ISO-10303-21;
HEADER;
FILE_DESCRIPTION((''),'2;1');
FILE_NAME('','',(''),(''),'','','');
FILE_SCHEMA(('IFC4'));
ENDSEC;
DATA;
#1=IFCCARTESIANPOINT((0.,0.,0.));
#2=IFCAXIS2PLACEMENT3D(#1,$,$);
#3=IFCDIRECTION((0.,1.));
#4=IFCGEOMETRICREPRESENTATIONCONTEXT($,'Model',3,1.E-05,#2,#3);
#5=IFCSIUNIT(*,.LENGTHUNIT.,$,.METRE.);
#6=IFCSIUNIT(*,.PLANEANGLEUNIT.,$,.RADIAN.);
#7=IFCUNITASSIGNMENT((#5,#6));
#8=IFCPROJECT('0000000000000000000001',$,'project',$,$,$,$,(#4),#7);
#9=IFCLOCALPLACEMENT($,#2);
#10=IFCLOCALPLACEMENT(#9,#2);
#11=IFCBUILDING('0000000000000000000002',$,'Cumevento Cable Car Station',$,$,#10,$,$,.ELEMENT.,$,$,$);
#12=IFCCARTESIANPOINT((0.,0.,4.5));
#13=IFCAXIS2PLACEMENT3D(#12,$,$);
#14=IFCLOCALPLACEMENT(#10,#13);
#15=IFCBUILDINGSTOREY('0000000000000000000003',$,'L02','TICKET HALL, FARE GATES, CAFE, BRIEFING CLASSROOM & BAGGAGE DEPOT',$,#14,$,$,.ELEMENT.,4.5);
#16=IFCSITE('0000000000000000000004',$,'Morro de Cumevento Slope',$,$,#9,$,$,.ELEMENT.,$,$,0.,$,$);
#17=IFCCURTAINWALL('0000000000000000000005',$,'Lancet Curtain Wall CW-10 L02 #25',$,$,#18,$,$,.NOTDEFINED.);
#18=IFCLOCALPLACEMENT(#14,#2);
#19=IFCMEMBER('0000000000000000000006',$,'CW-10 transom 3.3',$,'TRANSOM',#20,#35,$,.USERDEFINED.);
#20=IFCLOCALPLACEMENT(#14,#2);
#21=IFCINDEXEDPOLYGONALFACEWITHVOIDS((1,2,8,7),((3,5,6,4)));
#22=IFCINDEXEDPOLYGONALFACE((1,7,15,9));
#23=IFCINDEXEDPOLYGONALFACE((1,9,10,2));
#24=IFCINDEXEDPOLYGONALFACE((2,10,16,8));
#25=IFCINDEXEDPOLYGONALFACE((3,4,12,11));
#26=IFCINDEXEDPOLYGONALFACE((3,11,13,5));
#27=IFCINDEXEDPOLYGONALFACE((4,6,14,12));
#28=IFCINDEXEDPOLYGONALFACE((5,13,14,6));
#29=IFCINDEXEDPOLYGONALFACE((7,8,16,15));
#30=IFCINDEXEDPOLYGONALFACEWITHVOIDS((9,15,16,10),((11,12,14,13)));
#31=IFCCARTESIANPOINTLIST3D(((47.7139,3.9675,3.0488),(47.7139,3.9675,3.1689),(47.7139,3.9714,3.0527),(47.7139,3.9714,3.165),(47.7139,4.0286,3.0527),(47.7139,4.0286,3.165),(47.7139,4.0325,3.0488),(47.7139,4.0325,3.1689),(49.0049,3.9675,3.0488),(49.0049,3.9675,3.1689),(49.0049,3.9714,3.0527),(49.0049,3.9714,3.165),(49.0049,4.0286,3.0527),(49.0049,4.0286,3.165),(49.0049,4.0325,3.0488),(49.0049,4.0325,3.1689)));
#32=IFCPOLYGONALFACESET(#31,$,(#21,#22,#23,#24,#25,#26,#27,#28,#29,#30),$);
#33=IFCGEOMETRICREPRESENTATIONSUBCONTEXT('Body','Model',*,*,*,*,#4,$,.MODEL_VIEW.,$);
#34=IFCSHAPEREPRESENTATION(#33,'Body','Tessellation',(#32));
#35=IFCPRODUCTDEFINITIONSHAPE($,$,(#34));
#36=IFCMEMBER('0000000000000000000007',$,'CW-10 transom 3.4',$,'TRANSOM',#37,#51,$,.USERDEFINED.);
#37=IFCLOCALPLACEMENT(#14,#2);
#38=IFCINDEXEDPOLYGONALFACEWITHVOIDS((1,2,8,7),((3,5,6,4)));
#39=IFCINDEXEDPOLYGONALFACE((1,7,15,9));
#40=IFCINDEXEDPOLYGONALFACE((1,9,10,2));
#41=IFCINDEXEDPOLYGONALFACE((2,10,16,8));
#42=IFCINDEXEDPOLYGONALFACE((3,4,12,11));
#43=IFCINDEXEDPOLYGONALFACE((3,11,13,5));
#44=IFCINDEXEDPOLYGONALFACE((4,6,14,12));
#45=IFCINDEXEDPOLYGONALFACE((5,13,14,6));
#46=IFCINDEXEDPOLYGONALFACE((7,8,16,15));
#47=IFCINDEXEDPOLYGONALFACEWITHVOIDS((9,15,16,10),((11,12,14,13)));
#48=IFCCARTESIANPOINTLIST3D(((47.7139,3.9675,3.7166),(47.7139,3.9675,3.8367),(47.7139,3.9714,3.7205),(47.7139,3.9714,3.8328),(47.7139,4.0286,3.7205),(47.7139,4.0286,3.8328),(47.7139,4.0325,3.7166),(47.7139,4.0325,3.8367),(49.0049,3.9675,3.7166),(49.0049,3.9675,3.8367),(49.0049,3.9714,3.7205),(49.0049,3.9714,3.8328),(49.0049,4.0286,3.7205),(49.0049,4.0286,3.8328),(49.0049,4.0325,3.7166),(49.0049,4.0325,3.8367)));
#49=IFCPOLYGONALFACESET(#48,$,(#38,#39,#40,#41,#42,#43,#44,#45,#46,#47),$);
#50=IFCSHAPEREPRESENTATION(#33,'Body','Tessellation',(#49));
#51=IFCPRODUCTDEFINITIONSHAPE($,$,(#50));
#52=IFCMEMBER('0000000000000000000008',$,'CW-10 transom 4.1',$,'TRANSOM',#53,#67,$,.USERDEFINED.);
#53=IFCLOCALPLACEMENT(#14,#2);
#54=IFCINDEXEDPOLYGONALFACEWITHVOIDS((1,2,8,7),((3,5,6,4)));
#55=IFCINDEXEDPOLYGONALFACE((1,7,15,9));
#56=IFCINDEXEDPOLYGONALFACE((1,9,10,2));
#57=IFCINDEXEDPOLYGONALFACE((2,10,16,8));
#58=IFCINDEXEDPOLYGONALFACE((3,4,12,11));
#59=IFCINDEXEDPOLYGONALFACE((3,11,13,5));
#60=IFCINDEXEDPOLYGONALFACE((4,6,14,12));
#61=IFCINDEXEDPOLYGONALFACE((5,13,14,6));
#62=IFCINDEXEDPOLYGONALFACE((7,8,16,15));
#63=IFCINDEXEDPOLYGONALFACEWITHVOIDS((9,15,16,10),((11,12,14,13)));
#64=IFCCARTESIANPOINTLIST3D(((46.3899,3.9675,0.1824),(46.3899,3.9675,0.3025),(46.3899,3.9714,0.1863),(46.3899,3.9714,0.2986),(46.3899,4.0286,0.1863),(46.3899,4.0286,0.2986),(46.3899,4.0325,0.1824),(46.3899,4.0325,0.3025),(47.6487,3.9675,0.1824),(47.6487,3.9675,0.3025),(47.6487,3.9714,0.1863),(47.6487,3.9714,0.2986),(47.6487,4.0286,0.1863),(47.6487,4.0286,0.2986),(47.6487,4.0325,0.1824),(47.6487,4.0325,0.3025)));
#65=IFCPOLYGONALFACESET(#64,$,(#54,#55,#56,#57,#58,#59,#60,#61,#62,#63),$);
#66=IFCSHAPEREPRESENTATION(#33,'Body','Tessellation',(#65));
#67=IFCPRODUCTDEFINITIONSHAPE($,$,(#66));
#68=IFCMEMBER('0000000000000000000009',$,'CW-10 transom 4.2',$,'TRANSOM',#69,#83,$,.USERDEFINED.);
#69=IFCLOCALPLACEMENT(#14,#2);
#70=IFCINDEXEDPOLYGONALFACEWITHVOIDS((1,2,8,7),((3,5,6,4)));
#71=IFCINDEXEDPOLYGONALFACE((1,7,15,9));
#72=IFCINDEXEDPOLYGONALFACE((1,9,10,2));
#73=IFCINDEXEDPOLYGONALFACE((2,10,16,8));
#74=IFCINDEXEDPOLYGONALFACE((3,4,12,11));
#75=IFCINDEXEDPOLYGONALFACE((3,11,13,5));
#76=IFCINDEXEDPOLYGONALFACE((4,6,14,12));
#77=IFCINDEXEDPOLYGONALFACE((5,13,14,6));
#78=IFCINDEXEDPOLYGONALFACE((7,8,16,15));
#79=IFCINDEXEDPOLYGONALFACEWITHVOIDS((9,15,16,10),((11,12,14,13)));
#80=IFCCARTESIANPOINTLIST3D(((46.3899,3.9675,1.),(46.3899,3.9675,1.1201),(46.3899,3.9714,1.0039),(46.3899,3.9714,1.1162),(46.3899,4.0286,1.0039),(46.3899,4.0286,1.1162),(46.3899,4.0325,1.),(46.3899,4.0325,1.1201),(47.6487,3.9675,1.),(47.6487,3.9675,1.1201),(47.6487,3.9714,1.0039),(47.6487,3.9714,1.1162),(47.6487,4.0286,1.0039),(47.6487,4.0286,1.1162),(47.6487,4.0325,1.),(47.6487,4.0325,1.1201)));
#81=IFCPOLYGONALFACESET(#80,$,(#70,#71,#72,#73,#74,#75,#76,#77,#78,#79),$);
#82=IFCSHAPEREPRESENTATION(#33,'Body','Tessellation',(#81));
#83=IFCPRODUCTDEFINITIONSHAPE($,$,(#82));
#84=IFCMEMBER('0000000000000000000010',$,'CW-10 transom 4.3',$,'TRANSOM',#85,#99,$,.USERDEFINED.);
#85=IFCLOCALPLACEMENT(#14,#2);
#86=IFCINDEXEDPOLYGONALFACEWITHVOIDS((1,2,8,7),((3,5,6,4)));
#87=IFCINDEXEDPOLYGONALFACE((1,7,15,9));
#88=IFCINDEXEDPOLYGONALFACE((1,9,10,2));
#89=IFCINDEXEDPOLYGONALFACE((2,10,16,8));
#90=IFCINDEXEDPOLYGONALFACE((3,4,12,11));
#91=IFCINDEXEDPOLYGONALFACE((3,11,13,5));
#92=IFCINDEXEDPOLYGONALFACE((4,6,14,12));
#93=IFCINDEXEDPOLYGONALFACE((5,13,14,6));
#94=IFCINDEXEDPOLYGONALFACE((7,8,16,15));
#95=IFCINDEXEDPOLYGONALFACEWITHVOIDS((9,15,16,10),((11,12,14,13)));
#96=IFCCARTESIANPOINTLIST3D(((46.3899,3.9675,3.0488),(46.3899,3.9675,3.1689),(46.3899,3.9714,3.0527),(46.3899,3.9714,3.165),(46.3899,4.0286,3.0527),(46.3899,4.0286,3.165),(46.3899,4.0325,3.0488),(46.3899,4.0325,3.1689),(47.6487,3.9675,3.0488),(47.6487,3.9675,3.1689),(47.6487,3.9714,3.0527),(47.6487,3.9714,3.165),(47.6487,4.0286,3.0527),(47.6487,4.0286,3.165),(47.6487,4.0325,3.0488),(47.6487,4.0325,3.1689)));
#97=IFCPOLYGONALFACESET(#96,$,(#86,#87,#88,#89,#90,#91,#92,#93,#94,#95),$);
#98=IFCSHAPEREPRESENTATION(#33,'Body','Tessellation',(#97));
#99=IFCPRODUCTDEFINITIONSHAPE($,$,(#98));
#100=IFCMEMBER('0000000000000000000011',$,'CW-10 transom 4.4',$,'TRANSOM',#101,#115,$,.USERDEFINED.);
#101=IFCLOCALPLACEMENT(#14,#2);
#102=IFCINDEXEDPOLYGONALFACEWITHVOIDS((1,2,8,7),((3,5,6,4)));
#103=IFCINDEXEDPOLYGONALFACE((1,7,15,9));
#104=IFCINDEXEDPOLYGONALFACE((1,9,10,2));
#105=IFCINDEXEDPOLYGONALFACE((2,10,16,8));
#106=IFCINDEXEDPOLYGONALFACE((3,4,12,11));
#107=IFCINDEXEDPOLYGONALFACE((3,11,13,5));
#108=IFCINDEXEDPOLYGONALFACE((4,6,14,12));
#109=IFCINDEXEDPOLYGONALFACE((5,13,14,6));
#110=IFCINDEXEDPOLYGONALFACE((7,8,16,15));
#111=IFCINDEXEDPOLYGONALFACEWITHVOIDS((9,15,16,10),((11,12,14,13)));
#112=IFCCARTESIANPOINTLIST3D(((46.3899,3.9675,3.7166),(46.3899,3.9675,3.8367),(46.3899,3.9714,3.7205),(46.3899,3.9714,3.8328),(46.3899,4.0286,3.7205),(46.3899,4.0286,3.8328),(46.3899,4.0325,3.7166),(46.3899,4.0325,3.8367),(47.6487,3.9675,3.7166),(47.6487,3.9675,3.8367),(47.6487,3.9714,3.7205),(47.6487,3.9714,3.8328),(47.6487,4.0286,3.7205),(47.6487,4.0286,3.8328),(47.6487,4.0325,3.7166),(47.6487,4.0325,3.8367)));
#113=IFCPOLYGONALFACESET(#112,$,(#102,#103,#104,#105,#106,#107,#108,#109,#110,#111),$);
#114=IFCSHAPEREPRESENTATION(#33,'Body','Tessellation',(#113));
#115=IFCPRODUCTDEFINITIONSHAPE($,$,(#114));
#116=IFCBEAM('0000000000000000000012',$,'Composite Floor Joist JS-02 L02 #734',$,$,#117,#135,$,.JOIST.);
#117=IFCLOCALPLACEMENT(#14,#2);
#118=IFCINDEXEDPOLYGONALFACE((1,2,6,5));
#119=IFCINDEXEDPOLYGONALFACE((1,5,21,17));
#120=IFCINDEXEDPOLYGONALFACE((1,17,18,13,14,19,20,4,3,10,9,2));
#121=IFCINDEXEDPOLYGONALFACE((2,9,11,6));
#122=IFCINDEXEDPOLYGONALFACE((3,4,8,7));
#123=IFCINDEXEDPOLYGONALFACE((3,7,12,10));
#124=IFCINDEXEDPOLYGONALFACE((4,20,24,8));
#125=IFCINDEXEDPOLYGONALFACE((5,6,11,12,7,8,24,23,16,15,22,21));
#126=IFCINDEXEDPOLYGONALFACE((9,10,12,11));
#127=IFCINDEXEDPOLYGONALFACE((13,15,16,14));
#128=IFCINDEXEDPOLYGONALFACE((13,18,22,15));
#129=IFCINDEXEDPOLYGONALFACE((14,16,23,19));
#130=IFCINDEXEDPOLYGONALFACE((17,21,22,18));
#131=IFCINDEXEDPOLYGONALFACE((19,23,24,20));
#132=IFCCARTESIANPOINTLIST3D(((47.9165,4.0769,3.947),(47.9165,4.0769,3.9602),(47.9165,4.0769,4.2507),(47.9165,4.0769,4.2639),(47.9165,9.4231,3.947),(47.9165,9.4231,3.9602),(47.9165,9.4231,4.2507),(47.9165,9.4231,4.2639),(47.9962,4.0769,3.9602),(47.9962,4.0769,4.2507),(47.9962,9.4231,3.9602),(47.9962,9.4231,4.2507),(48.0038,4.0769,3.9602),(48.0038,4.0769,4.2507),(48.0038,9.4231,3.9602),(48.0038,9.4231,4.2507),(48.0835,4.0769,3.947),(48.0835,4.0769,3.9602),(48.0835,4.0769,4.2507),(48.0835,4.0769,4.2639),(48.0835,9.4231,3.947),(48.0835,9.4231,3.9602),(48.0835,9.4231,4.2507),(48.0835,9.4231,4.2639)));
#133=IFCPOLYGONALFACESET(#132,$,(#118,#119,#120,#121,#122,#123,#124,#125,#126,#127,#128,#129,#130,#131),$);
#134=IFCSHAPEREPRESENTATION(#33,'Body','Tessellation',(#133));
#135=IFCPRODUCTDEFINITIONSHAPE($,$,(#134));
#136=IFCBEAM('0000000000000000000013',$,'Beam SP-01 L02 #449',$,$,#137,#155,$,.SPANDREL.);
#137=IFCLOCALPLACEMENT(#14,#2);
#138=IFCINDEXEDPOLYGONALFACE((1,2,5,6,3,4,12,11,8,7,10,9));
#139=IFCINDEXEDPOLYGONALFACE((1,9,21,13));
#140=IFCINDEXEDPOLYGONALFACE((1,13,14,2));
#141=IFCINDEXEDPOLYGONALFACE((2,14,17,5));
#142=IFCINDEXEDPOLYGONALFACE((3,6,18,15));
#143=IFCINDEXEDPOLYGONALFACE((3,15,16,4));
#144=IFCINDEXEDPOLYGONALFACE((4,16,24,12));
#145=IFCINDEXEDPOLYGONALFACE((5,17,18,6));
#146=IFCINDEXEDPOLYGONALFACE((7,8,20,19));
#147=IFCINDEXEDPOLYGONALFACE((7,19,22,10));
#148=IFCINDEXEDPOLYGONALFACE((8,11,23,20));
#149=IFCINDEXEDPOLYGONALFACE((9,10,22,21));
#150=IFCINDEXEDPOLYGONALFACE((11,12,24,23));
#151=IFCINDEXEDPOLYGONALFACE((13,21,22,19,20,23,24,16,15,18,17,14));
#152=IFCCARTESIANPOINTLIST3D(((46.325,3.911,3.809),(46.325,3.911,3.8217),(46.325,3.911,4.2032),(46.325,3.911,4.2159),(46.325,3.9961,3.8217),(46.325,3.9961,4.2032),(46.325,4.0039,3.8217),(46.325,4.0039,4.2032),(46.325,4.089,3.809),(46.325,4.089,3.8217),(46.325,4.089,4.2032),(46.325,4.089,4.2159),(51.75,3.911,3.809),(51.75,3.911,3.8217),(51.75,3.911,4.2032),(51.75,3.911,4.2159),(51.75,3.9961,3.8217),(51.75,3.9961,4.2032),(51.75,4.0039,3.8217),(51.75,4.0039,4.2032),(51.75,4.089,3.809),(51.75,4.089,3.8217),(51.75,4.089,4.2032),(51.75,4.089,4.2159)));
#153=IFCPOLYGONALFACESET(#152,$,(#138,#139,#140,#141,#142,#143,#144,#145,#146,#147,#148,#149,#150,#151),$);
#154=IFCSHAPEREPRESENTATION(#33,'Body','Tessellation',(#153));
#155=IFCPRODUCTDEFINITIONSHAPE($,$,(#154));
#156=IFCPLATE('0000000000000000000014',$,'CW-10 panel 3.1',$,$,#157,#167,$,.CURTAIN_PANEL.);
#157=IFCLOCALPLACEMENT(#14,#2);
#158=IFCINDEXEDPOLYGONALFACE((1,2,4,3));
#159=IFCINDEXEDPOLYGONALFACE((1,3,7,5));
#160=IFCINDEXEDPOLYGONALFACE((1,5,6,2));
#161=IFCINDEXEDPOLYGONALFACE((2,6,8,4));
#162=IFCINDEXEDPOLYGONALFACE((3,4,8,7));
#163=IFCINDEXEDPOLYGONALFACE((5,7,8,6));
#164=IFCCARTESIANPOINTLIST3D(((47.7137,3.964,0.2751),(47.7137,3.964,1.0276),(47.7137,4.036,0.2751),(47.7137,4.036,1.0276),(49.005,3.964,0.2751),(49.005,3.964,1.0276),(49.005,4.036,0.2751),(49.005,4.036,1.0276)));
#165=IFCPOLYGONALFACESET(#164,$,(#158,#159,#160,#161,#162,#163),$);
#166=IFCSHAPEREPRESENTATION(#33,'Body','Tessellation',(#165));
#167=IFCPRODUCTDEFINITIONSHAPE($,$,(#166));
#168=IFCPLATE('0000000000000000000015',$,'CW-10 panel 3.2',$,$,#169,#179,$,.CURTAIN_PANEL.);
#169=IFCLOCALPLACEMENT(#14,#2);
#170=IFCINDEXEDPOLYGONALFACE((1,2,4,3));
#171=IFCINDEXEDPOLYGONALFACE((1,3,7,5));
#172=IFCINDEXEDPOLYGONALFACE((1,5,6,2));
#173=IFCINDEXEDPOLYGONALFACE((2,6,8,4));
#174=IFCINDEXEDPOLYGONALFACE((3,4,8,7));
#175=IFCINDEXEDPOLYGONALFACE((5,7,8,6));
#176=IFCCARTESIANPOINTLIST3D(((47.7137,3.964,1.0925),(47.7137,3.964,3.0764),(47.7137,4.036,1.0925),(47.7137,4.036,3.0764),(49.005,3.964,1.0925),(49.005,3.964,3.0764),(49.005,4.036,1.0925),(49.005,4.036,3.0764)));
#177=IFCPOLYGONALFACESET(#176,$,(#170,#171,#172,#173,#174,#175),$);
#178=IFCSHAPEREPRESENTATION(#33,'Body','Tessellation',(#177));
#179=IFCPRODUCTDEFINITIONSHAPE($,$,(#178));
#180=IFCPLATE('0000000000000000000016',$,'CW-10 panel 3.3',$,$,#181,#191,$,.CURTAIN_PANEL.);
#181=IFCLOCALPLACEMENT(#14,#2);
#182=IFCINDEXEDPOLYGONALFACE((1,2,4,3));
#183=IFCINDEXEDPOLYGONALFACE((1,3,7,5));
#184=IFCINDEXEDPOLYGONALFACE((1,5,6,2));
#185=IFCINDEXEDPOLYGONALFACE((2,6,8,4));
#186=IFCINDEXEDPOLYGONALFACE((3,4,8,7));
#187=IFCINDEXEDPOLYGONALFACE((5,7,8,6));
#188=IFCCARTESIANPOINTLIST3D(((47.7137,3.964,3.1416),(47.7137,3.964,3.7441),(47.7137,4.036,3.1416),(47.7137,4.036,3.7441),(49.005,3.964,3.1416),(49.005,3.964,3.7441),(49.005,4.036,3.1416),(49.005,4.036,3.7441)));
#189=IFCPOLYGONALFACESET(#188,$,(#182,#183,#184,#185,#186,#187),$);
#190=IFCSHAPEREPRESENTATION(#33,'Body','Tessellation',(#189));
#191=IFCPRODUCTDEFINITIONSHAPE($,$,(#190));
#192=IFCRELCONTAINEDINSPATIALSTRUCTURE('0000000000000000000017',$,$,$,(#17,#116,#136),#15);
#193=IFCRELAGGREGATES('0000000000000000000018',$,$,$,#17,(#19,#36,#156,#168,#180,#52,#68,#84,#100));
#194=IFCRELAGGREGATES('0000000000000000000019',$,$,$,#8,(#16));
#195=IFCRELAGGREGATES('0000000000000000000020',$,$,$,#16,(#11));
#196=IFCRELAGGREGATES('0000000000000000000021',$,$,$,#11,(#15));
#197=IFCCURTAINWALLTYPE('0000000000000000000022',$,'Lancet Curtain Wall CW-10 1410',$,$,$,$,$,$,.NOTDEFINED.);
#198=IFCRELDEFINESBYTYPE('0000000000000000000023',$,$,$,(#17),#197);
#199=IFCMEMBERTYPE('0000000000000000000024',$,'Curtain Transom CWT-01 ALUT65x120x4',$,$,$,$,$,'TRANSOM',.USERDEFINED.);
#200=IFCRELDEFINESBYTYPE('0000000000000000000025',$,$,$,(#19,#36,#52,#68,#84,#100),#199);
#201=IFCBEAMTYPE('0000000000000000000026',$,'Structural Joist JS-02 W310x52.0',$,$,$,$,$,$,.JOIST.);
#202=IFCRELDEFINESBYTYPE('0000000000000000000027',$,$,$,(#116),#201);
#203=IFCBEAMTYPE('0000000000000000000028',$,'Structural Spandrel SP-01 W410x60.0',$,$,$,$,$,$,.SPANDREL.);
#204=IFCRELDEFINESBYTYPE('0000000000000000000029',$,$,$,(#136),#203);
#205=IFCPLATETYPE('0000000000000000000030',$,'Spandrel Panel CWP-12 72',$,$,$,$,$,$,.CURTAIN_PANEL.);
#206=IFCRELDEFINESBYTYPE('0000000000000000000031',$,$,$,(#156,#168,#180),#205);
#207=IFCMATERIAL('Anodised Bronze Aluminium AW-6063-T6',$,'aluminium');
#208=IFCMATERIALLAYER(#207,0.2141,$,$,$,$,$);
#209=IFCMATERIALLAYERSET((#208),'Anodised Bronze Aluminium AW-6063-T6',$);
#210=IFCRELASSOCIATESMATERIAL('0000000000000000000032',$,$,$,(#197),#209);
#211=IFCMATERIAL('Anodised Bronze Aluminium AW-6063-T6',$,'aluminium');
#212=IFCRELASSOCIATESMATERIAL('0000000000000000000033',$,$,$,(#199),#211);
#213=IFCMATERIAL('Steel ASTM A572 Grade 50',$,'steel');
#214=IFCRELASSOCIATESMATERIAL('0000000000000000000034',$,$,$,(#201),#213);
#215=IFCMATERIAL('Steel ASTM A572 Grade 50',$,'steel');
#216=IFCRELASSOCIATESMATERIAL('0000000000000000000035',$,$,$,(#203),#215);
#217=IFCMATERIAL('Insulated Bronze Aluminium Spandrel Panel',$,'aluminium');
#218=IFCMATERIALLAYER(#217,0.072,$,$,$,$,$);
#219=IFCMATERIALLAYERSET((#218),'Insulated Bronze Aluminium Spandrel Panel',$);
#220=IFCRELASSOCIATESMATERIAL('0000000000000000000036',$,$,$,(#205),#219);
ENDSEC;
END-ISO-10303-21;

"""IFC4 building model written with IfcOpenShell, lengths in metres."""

from ifc_helpers import new_model, si_unit, direction, frame, origin, origin_2d, place, context, subcontext, project, spatial, rectangle, hollow_rectangle, i_section, extrude, material, layer, layer_set, material_profile, profile_set, type_object, element, aggregate, save


model = new_model("IFC4")

# Units and contexts
model_context = context("Model", 3, precision=1e-05, world=origin(), true_north=direction((0.0, 1.0)))
body_context = subcontext(model_context, "Body", "Model", "MODEL_VIEW")
ifc_project = project(units=[si_unit("LENGTHUNIT", "METRE"), si_unit("PLANEANGLEUNIT", "RADIAN")], contexts=[model_context])

# Site, building, storey
site_placement = place(None, origin())
site = spatial("IfcSite", under=ifc_project, at=site_placement, Name="Morro de Cumevento Slope", CompositionType="ELEMENT", RefElevation=0.0)
building_placement = place(site_placement, origin())
building = spatial("IfcBuilding", under=site, at=building_placement, Name="Cumevento Cable Car Station", CompositionType="ELEMENT")
storey_placement = place(building_placement, frame((0.0, 0.0, 4.5)))
storey = spatial("IfcBuildingStorey", under=building, at=storey_placement, Name="L02", Description="TICKET HALL, FARE GATES, CAFE, BRIEFING CLASSROOM & BAGGAGE DEPOT", CompositionType="ELEMENT", Elevation=4.5)

# Curtain wall
ifc_material_1 = material(Name="Anodised Bronze Aluminium AW-6063-T6", Category="aluminium")
ifc_layer_1 = layer(ifc_material_1, 0.2141)
ifc_layer_set_1 = layer_set([ifc_layer_1], Name="Anodised Bronze Aluminium AW-6063-T6")
curtain_wall_type_1 = type_object("IfcCurtainWallType", Name="Lancet Curtain Wall CW-10 1410", PredefinedType="NOTDEFINED", material=ifc_layer_set_1)
curtain_wall_1_placement = place(storey_placement, origin())
curtain_wall_1 = element("IfcCurtainWall", 1, at=curtain_wall_1_placement, inside=storey, type_object=curtain_wall_type_1, Name="Lancet Curtain Wall CW-10 L02 #25", PredefinedType="NOTDEFINED")

# Members
ifc_material_2 = material(Name="Anodised Bronze Aluminium AW-6063-T6", Category="aluminium")
ifc_material_profile_1 = material_profile(ifc_material_2, hollow_rectangle(XDim=0.0649, YDim=0.1201, WallThickness=0.0039, at=origin_2d()), Name="ALUT65x120x4")
ifc_profile_set_1 = profile_set([ifc_material_profile_1], Name="Anodised Bronze Aluminium AW-6063-T6")
member_type_1 = type_object("IfcMemberType", Name="Curtain Transom CWT-01 ALUT65x120x4", ElementType="TRANSOM", PredefinedType="USERDEFINED", material=ifc_profile_set_1)
member_1_placement = place(storey_placement, frame((49.0049, 4.0, 3.1089), z_axis=(-1.0, 0.0, 0.0), x_axis=(0.0, -1.0, 0.0)))
member_1 = element("IfcMember", 2, at=member_1_placement, type_object=member_type_1, Name="CW-10 transom 3.3", ObjectType="TRANSOM", PredefinedType="USERDEFINED", context=body_context, shape_type="SweptSolid", body=[
    extrude(hollow_rectangle(XDim=0.0649, YDim=0.1201, WallThickness=0.0039, at=origin_2d()), origin(), (0.0, 0.0, 1.0), 1.291),
])
member_2_placement = place(storey_placement, frame((49.0049, 4.0, 3.7766), z_axis=(-1.0, 0.0, 0.0), x_axis=(0.0, -1.0, 0.0)))
member_2 = element("IfcMember", 3, at=member_2_placement, type_object=member_type_1, Name="CW-10 transom 3.4", ObjectType="TRANSOM", PredefinedType="USERDEFINED", context=body_context, shape_type="SweptSolid", body=[
    extrude(hollow_rectangle(XDim=0.0649, YDim=0.1201, WallThickness=0.0039, at=origin_2d()), origin(), (0.0, 0.0, 1.0), 1.291),
])
member_3_placement = place(storey_placement, frame((47.6487, 4.0, 0.2424), z_axis=(-1.0, 0.0, 0.0), x_axis=(0.0, -1.0, 0.0)))
member_3 = element("IfcMember", 4, at=member_3_placement, type_object=member_type_1, Name="CW-10 transom 4.1", ObjectType="TRANSOM", PredefinedType="USERDEFINED", context=body_context, shape_type="SweptSolid", body=[
    extrude(hollow_rectangle(XDim=0.0649, YDim=0.1201, WallThickness=0.0039, at=origin_2d()), origin(), (0.0, 0.0, 1.0), 1.2588),
])
member_4_placement = place(storey_placement, frame((47.6487, 4.0, 1.0601), z_axis=(-1.0, 0.0, 0.0), x_axis=(0.0, -1.0, 0.0)))
member_4 = element("IfcMember", 5, at=member_4_placement, type_object=member_type_1, Name="CW-10 transom 4.2", ObjectType="TRANSOM", PredefinedType="USERDEFINED", context=body_context, shape_type="SweptSolid", body=[
    extrude(hollow_rectangle(XDim=0.0649, YDim=0.1201, WallThickness=0.0039, at=origin_2d()), origin(), (0.0, 0.0, 1.0), 1.2588),
])
member_5_placement = place(storey_placement, frame((47.6487, 4.0, 3.1089), z_axis=(-1.0, 0.0, 0.0), x_axis=(0.0, -1.0, 0.0)))
member_5 = element("IfcMember", 6, at=member_5_placement, type_object=member_type_1, Name="CW-10 transom 4.3", ObjectType="TRANSOM", PredefinedType="USERDEFINED", context=body_context, shape_type="SweptSolid", body=[
    extrude(hollow_rectangle(XDim=0.0649, YDim=0.1201, WallThickness=0.0039, at=origin_2d()), origin(), (0.0, 0.0, 1.0), 1.2588),
])
member_6_placement = place(storey_placement, frame((47.6487, 4.0, 3.7766), z_axis=(-1.0, 0.0, 0.0), x_axis=(0.0, -1.0, 0.0)))
member_6 = element("IfcMember", 7, at=member_6_placement, type_object=member_type_1, Name="CW-10 transom 4.4", ObjectType="TRANSOM", PredefinedType="USERDEFINED", context=body_context, shape_type="SweptSolid", body=[
    extrude(hollow_rectangle(XDim=0.0649, YDim=0.1201, WallThickness=0.0039, at=origin_2d()), origin(), (0.0, 0.0, 1.0), 1.2588),
])

# Beams
ifc_material_3 = material(Name="Steel ASTM A572 Grade 50", Category="steel")
ifc_material_profile_2 = material_profile(ifc_material_3, i_section(OverallWidth=0.167, OverallDepth=0.3169, WebThickness=0.0076, FlangeThickness=0.0132, at=origin_2d()), Name="W310x52.0")
ifc_profile_set_2 = profile_set([ifc_material_profile_2], Name="Steel ASTM A572 Grade 50")
beam_type_1 = type_object("IfcBeamType", Name="Structural Joist JS-02 W310x52.0", PredefinedType="JOIST", material=ifc_profile_set_2)
beam_1_placement = place(storey_placement, frame((48.0, 4.0769, 4.1055), z_axis=(0.0, 1.0, 0.0), x_axis=(-1.0, 0.0, 0.0)))
element("IfcBeam", 8, at=beam_1_placement, inside=storey, type_object=beam_type_1, Name="Composite Floor Joist JS-02 L02 #734", PredefinedType="JOIST", context=body_context, shape_type="SweptSolid", body=[
    extrude(i_section(OverallWidth=0.167, OverallDepth=0.3169, WebThickness=0.0076, FlangeThickness=0.0132, at=origin_2d()), origin(), (0.0, 0.0, 1.0), 5.3462),
])
ifc_material_4 = material(Name="Steel ASTM A572 Grade 50", Category="steel")
ifc_material_profile_3 = material_profile(ifc_material_4, i_section(OverallWidth=0.178, OverallDepth=0.407, WebThickness=0.0078, FlangeThickness=0.0127, at=origin_2d()), Name="W410x60.0")
ifc_profile_set_3 = profile_set([ifc_material_profile_3], Name="Steel ASTM A572 Grade 50")
beam_type_2 = type_object("IfcBeamType", Name="Structural Spandrel SP-01 W410x60.0", PredefinedType="SPANDREL", material=ifc_profile_set_3)
beam_2_placement = place(storey_placement, frame((46.325, 4.0, 4.0125), z_axis=(1.0, 0.0, 0.0), x_axis=(0.0, 1.0, 0.0)))
element("IfcBeam", 9, at=beam_2_placement, inside=storey, type_object=beam_type_2, Name="Beam SP-01 L02 #449", PredefinedType="SPANDREL", context=body_context, shape_type="SweptSolid", body=[
    extrude(i_section(OverallWidth=0.178, OverallDepth=0.407, WebThickness=0.0078, FlangeThickness=0.0127, at=origin_2d()), origin(), (0.0, 0.0, 1.0), 5.425),
])

# Plates
ifc_material_5 = material(Name="Insulated Bronze Aluminium Spandrel Panel", Category="aluminium")
ifc_layer_2 = layer(ifc_material_5, 0.072)
ifc_layer_set_2 = layer_set([ifc_layer_2], Name="Insulated Bronze Aluminium Spandrel Panel")
plate_type = type_object("IfcPlateType", Name="Spandrel Panel CWP-12 72", PredefinedType="CURTAIN_PANEL", material=ifc_layer_set_2)
plate_1_placement = place(storey_placement, frame((48.3594, 4.0, 0.2751), z_axis=(0.0, 0.0, 1.0), x_axis=(-1.0, 0.0, 0.0)))
plate_1 = element("IfcPlate", 10, at=plate_1_placement, type_object=plate_type, Name="CW-10 panel 3.1", PredefinedType="CURTAIN_PANEL", context=body_context, shape_type="SweptSolid", body=[
    extrude(rectangle(XDim=1.2913, YDim=0.072, at=origin_2d()), origin(), (0.0, 0.0, 1.0), 0.7524),
])
plate_2_placement = place(storey_placement, frame((48.3594, 4.0, 1.0925), z_axis=(0.0, 0.0, 1.0), x_axis=(-1.0, 0.0, 0.0)))
plate_2 = element("IfcPlate", 11, at=plate_2_placement, type_object=plate_type, Name="CW-10 panel 3.2", PredefinedType="CURTAIN_PANEL", context=body_context, shape_type="SweptSolid", body=[
    extrude(rectangle(XDim=1.2913, YDim=0.072, at=origin_2d()), origin(), (0.0, 0.0, 1.0), 1.9839),
])
plate_3_placement = place(storey_placement, frame((48.3594, 4.0, 3.1416), z_axis=(0.0, 0.0, 1.0), x_axis=(-1.0, 0.0, 0.0)))
plate_3 = element("IfcPlate", 12, at=plate_3_placement, type_object=plate_type, Name="CW-10 panel 3.3", PredefinedType="CURTAIN_PANEL", context=body_context, shape_type="SweptSolid", body=[
    extrude(rectangle(XDim=1.2913, YDim=0.072, at=origin_2d()), origin(), (0.0, 0.0, 1.0), 0.6025),
])
aggregate(curtain_wall_1, [member_1, member_2, plate_1, plate_2, plate_3, member_3, member_4, member_5, member_6])

save(model, "model.ifc")
